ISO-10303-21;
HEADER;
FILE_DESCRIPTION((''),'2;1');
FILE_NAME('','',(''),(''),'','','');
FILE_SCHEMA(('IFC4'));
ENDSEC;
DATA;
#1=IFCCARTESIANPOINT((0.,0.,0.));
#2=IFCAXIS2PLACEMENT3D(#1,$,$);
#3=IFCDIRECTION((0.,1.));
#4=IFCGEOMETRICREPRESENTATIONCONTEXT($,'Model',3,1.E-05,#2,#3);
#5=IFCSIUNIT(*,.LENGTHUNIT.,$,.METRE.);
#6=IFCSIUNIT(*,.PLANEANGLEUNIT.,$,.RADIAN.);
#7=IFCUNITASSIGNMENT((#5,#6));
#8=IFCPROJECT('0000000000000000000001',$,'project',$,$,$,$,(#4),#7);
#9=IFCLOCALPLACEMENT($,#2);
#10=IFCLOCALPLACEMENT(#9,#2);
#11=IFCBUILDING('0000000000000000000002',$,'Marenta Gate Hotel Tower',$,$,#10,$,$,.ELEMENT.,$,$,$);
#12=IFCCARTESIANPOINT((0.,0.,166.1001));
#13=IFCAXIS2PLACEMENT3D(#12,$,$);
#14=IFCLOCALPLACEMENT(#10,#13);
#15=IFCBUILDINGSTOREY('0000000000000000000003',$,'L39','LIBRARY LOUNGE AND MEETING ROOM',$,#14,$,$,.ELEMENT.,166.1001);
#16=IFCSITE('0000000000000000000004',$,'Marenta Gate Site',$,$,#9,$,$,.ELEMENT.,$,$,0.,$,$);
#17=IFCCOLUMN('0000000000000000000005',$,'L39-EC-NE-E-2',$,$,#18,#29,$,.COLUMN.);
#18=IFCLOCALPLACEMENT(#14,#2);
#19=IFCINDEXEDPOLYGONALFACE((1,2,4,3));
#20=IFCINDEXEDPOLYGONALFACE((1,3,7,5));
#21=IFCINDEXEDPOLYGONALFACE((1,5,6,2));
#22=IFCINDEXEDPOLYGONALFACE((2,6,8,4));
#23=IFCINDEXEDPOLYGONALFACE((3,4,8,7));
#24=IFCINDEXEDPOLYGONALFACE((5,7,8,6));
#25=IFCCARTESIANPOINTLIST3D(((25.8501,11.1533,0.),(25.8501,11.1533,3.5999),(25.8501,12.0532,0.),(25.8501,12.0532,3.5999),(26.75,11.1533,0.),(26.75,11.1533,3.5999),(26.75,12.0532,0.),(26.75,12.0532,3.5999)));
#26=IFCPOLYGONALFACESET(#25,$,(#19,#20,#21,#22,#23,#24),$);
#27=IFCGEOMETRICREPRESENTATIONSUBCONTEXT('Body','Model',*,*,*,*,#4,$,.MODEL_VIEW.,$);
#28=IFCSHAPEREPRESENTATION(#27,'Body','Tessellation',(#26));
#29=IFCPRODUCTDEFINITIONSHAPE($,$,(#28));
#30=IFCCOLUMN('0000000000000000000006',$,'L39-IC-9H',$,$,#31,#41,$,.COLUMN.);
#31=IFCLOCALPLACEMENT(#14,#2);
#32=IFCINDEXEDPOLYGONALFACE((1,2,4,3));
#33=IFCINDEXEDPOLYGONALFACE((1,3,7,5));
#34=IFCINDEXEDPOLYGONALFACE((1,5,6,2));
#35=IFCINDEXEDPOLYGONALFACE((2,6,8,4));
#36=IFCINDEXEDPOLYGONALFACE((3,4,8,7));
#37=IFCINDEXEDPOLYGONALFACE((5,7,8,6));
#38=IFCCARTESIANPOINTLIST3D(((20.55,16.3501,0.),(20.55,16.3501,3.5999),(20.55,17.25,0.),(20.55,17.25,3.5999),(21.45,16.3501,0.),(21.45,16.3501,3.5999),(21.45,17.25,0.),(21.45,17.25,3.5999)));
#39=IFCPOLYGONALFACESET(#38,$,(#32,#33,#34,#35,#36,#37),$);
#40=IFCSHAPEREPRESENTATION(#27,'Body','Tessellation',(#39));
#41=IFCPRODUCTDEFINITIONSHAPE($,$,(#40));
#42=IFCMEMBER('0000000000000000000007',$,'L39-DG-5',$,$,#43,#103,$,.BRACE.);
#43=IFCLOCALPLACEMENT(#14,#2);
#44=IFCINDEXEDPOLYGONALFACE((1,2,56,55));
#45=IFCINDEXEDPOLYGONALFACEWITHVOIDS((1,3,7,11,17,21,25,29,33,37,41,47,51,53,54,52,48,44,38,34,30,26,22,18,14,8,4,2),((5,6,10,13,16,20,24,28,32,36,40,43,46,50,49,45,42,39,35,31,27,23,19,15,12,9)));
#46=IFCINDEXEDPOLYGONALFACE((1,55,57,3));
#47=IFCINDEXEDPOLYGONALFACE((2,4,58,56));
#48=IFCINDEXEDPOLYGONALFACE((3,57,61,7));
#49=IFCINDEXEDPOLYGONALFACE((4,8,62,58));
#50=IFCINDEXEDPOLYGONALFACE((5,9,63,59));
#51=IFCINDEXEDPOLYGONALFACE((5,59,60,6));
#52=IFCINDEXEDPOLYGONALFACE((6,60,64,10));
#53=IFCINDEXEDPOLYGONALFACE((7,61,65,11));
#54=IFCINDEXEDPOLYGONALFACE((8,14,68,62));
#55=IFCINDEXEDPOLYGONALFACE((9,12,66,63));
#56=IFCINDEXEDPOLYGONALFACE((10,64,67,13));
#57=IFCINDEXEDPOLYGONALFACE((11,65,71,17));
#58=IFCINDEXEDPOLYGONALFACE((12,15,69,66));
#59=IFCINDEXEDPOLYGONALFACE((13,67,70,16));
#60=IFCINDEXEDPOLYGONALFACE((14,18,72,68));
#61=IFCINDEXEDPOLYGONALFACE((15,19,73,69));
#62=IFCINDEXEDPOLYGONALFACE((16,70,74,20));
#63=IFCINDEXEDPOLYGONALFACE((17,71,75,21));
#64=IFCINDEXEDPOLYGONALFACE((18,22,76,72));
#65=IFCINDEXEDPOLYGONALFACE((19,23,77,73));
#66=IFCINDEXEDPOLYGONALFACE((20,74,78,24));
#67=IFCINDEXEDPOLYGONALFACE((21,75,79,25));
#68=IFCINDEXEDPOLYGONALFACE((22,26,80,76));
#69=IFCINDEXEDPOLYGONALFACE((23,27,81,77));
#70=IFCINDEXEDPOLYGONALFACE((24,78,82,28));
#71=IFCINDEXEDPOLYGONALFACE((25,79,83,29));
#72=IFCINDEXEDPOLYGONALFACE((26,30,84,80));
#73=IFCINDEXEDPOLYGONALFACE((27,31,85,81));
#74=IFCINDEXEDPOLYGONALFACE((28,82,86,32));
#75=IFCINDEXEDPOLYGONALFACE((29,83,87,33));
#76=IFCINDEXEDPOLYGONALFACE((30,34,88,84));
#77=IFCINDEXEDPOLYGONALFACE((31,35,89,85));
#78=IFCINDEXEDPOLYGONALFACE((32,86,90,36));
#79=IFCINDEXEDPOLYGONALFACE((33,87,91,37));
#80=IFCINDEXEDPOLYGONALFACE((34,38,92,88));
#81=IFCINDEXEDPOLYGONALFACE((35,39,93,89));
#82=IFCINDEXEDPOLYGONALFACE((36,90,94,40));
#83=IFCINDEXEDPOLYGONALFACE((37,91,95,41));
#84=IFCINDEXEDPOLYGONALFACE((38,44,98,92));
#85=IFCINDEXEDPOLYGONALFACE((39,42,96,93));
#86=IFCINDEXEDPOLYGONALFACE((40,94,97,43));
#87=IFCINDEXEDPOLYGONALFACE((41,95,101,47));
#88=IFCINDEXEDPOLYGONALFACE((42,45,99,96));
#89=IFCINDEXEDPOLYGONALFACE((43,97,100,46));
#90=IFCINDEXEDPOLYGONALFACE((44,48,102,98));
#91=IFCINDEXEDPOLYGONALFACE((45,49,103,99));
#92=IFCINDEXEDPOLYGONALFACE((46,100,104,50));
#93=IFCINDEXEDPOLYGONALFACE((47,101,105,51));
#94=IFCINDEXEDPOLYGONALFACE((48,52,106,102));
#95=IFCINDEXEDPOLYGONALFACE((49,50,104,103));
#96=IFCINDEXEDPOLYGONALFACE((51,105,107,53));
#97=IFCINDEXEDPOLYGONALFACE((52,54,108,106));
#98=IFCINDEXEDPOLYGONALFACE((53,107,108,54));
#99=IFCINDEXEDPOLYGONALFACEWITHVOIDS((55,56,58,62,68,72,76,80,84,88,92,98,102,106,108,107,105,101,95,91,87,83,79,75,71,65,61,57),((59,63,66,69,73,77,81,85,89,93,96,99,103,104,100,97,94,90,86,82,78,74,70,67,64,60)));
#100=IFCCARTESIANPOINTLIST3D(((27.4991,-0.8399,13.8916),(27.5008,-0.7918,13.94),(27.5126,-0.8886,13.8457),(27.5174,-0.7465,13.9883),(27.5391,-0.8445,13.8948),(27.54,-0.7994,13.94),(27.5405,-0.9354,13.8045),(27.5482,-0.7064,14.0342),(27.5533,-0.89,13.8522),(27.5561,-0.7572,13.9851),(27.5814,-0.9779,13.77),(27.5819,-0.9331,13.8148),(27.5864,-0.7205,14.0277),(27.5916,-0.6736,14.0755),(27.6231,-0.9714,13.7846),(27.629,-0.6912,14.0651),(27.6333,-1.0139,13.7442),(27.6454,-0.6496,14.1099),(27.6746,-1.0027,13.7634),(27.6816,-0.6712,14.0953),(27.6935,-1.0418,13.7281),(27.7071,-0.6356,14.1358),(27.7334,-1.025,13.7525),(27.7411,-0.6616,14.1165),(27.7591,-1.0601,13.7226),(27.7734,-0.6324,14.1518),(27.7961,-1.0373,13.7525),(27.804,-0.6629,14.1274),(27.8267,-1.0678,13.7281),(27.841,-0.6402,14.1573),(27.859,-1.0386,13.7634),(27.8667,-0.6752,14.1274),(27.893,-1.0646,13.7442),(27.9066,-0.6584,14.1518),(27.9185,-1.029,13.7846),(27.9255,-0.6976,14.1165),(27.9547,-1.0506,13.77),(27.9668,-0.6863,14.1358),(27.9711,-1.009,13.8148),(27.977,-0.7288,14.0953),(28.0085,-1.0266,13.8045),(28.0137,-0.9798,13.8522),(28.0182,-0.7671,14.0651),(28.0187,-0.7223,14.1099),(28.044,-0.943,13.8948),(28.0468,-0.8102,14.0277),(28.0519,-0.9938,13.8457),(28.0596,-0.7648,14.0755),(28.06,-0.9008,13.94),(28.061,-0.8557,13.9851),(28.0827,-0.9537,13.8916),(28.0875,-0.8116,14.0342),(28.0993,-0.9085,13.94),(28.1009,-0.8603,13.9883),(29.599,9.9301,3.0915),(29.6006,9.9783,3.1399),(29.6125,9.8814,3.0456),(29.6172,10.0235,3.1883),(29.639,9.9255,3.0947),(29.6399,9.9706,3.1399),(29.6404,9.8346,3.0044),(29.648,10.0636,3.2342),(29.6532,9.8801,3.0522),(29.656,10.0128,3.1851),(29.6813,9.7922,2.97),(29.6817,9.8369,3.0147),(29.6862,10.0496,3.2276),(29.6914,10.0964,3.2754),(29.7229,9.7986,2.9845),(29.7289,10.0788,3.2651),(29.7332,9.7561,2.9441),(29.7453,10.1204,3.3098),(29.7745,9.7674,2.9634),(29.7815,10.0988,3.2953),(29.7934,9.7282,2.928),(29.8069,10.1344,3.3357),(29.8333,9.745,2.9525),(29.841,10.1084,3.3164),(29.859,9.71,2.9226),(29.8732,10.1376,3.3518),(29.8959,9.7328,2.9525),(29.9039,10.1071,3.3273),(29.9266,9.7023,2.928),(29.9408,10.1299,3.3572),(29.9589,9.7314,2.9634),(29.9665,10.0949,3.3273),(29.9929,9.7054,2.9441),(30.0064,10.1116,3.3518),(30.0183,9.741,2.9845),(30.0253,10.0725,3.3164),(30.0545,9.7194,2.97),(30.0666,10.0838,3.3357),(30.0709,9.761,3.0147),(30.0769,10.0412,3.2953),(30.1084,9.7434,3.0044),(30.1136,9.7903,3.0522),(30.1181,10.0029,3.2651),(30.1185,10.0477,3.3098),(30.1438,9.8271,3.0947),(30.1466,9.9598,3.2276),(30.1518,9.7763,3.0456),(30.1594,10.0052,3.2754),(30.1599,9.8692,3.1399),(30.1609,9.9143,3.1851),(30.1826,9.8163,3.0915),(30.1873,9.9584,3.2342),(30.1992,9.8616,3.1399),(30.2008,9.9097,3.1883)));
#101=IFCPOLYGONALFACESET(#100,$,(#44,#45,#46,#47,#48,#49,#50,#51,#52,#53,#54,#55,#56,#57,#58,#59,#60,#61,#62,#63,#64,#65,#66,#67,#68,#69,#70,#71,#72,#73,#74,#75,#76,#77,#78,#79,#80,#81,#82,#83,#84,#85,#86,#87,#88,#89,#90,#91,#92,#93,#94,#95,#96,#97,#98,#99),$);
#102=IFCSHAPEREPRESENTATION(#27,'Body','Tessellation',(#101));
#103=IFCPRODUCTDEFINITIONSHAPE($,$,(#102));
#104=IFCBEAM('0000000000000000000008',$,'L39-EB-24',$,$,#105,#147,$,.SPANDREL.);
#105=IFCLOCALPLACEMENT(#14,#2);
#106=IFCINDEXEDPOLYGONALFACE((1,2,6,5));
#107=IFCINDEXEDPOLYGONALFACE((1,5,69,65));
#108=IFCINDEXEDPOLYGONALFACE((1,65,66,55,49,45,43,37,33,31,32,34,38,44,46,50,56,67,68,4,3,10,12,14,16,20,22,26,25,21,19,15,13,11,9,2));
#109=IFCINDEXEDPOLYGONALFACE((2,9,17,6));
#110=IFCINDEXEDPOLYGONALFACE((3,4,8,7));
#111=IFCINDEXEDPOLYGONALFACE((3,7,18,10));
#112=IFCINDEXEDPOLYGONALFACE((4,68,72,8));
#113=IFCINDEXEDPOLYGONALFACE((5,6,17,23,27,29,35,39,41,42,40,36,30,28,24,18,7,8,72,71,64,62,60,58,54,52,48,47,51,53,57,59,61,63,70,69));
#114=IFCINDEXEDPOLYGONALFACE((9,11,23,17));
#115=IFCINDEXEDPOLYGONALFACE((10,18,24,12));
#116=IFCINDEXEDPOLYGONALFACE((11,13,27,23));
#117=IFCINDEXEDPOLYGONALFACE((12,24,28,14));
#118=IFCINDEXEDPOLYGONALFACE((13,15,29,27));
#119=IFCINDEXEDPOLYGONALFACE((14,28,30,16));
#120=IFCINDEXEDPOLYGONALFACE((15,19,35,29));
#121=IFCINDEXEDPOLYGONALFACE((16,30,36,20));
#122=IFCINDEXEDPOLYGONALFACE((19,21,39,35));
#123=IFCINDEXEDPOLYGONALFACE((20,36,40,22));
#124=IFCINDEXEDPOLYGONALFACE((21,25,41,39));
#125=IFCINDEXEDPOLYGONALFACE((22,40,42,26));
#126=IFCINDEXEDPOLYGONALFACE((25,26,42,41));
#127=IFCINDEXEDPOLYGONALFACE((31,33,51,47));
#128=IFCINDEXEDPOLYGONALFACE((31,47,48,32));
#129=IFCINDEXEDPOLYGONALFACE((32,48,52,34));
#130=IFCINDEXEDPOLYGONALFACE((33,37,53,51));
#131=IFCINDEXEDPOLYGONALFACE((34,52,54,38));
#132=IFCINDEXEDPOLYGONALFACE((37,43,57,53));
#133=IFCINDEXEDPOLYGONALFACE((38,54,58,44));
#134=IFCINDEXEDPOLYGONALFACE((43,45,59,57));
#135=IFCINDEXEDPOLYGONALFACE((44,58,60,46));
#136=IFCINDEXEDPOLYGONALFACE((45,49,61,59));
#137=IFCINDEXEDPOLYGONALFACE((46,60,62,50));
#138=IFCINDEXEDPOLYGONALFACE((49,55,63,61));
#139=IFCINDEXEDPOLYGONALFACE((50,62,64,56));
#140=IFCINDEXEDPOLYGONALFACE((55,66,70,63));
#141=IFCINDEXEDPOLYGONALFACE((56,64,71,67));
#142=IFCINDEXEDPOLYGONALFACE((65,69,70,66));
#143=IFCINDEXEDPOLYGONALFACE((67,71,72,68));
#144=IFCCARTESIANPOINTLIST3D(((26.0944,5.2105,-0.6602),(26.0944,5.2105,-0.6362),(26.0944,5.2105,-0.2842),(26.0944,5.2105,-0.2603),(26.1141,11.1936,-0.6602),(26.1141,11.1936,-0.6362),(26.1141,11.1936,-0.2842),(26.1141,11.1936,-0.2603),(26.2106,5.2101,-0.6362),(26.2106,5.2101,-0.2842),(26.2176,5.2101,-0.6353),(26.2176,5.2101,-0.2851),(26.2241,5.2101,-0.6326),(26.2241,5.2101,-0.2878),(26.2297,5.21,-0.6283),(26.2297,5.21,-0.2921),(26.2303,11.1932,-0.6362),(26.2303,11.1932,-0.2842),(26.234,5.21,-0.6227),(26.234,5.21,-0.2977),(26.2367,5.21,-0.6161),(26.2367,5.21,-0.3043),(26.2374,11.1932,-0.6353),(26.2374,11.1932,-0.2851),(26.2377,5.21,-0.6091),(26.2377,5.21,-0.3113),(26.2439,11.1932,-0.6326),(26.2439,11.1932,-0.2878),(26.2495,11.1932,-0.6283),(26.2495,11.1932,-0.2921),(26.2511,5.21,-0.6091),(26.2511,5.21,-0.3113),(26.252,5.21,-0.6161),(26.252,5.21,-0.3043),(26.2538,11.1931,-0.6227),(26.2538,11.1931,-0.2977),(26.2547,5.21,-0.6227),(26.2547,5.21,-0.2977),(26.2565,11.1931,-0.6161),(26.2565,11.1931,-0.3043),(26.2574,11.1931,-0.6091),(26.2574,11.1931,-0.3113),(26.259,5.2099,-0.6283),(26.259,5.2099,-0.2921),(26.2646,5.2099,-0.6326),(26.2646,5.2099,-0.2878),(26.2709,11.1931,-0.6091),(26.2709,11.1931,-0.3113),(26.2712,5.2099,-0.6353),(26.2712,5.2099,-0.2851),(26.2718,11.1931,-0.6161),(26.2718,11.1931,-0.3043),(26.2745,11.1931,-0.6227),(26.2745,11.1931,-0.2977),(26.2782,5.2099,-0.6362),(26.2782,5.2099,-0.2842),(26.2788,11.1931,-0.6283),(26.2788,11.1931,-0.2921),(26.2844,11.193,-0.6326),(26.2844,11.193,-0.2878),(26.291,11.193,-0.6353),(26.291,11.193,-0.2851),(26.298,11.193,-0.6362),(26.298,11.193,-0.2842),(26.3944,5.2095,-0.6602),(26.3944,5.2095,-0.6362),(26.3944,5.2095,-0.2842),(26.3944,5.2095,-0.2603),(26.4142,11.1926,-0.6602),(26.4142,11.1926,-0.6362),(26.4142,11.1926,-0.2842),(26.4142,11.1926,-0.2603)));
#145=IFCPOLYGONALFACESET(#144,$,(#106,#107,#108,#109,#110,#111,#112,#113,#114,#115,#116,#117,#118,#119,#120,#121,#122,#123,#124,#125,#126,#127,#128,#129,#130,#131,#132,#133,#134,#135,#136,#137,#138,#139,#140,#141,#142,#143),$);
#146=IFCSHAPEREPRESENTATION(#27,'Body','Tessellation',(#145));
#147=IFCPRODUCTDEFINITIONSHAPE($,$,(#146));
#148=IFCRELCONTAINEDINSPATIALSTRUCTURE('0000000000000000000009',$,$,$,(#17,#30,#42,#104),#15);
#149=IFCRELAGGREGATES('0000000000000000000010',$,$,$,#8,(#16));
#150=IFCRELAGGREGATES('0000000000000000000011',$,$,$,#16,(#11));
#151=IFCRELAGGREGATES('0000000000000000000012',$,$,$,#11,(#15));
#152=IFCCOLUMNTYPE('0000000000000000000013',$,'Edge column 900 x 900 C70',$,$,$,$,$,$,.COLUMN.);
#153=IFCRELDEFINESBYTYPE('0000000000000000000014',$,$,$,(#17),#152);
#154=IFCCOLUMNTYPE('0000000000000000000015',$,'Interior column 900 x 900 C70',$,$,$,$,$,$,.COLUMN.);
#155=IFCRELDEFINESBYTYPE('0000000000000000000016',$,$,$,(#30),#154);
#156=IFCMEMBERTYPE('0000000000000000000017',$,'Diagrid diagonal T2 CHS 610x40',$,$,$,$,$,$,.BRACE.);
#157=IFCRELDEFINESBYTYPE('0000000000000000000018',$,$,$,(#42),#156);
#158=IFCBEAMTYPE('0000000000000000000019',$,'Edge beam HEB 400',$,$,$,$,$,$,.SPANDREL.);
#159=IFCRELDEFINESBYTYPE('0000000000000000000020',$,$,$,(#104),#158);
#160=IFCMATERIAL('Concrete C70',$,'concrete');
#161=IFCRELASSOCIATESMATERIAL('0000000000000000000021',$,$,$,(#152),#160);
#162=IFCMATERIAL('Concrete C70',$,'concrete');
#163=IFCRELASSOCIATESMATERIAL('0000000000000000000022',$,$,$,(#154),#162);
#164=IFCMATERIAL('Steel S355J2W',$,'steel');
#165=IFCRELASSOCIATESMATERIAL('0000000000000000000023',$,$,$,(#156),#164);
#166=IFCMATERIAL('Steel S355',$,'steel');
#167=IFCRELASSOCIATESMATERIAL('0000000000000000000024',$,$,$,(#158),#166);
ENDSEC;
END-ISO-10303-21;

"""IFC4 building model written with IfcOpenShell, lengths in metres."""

from ifc_helpers import new_model, si_unit, direction, frame, origin, origin_2d, place, context, subcontext, project, spatial, rectangle, hollow_circle, i_section, extrude, material, material_profile, profile_set, type_object, element, save


model = new_model("IFC4")

# Units and contexts
model_context = context("Model", 3, precision=1e-05, world=origin(), true_north=direction((0.0, 1.0)))
body_context = subcontext(model_context, "Body", "Model", "MODEL_VIEW")
ifc_project = project(units=[si_unit("LENGTHUNIT", "METRE"), si_unit("PLANEANGLEUNIT", "RADIAN")], contexts=[model_context])

# Site, building, storey
site_placement = place(None, origin())
site = spatial("IfcSite", under=ifc_project, at=site_placement, Name="Marenta Gate Site", CompositionType="ELEMENT", RefElevation=0.0)
building_placement = place(site_placement, origin())
building = spatial("IfcBuilding", under=site, at=building_placement, Name="Marenta Gate Hotel Tower", CompositionType="ELEMENT")
storey_placement = place(building_placement, frame((0.0, 0.0, 166.1001)))
storey = spatial("IfcBuildingStorey", under=building, at=storey_placement, Name="L39", Description="LIBRARY LOUNGE AND MEETING ROOM", CompositionType="ELEMENT", Elevation=166.1001)

# Columns
ifc_material_1 = material(Name="Concrete C70", Category="concrete")
ifc_material_profile_1 = material_profile(ifc_material_1, rectangle(XDim=0.8999, YDim=0.8999, at=origin_2d()), Name="900 x 900")
ifc_profile_set_1 = profile_set([ifc_material_profile_1], Name="Concrete C70")
column_type_1 = type_object("IfcColumnType", Name="Edge column 900 x 900 C70", PredefinedType="COLUMN", material=ifc_profile_set_1)
column_1_placement = place(storey_placement, frame((26.3, 11.6033, 0.0), z_axis=(0.0, 0.0, 1.0), x_axis=(1.0, 0.0, 0.0)))
element("IfcColumn", 1, at=column_1_placement, inside=storey, type_object=column_type_1, Name="L39-EC-NE-E-2", PredefinedType="COLUMN", context=body_context, shape_type="SweptSolid", body=[
    extrude(rectangle(XDim=0.8999, YDim=0.8999, at=origin_2d()), origin(), (0.0, 0.0, 1.0), 3.5999),
])
ifc_material_2 = material(Name="Concrete C70", Category="concrete")
ifc_material_profile_2 = material_profile(ifc_material_2, rectangle(XDim=0.8999, YDim=0.8999, at=origin_2d()), Name="900 x 900")
ifc_profile_set_2 = profile_set([ifc_material_profile_2], Name="Concrete C70")
column_type_2 = type_object("IfcColumnType", Name="Interior column 900 x 900 C70", PredefinedType="COLUMN", material=ifc_profile_set_2)
column_2_placement = place(storey_placement, frame((21.0, 16.8, 0.0), z_axis=(0.0, 0.0, 1.0), x_axis=(1.0, 0.0, 0.0)))
element("IfcColumn", 2, at=column_2_placement, inside=storey, type_object=column_type_2, Name="L39-IC-9H", PredefinedType="COLUMN", context=body_context, shape_type="SweptSolid", body=[
    extrude(rectangle(XDim=0.8999, YDim=0.8999, at=origin_2d()), origin(), (0.0, 0.0, 1.0), 3.5999),
])

# Member
ifc_material_3 = material(Name="Steel S355J2W", Category="steel")
ifc_material_profile_3 = material_profile(ifc_material_3, hollow_circle(Radius=0.3049, WallThickness=0.04, at=origin_2d()), Name="CHS 610x40")
ifc_profile_set_3 = profile_set([ifc_material_profile_3], Name="Steel S355J2W")
member_type_1 = type_object("IfcMemberType", Name="Diagrid diagonal T2 CHS 610x40", PredefinedType="BRACE", material=ifc_profile_set_3)
member_1_placement = place(storey_placement, frame((29.8999, 9.9199, 3.1399), z_axis=(-0.136388, -0.699523, 0.701474), x_axis=(0.981518, -0.191369, 0.0)))
element("IfcMember", 3, at=member_1_placement, inside=storey, type_object=member_type_1, Name="L39-DG-5", PredefinedType="BRACE", context=body_context, shape_type="SweptSolid", body=[
    extrude(hollow_circle(Radius=0.3049, WallThickness=0.04, at=origin_2d()), origin(), (0.0, 0.0, 1.0), 15.3962),
])

# Beam
ifc_material_4 = material(Name="Steel S355", Category="steel")
ifc_material_profile_4 = material_profile(ifc_material_4, i_section(OverallWidth=0.3, OverallDepth=0.3999, WebThickness=0.0134, FlangeThickness=0.0239, FilletRadius=0.0271, at=origin_2d()), Name="HEB 400")
ifc_profile_set_4 = profile_set([ifc_material_profile_4], Name="Steel S355")
beam_type_1 = type_object("IfcBeamType", Name="Edge beam HEB 400", PredefinedType="SPANDREL", material=ifc_profile_set_4)
beam_1_placement = place(storey_placement, frame((26.2642, 11.1931, -0.4602), z_axis=(-0.003305, -0.999995, 0.0), x_axis=(0.999995, -0.003305, 0.0)))
element("IfcBeam", 4, at=beam_1_placement, inside=storey, type_object=beam_type_1, Name="L39-EB-24", PredefinedType="SPANDREL", context=body_context, shape_type="SweptSolid", body=[
    extrude(i_section(OverallWidth=0.3, OverallDepth=0.3999, WebThickness=0.0134, FlangeThickness=0.0239, FilletRadius=0.0271, at=origin_2d()), origin(), (0.0, 0.0, 1.0), 5.9832),
])

save(model, "model.ifc")
